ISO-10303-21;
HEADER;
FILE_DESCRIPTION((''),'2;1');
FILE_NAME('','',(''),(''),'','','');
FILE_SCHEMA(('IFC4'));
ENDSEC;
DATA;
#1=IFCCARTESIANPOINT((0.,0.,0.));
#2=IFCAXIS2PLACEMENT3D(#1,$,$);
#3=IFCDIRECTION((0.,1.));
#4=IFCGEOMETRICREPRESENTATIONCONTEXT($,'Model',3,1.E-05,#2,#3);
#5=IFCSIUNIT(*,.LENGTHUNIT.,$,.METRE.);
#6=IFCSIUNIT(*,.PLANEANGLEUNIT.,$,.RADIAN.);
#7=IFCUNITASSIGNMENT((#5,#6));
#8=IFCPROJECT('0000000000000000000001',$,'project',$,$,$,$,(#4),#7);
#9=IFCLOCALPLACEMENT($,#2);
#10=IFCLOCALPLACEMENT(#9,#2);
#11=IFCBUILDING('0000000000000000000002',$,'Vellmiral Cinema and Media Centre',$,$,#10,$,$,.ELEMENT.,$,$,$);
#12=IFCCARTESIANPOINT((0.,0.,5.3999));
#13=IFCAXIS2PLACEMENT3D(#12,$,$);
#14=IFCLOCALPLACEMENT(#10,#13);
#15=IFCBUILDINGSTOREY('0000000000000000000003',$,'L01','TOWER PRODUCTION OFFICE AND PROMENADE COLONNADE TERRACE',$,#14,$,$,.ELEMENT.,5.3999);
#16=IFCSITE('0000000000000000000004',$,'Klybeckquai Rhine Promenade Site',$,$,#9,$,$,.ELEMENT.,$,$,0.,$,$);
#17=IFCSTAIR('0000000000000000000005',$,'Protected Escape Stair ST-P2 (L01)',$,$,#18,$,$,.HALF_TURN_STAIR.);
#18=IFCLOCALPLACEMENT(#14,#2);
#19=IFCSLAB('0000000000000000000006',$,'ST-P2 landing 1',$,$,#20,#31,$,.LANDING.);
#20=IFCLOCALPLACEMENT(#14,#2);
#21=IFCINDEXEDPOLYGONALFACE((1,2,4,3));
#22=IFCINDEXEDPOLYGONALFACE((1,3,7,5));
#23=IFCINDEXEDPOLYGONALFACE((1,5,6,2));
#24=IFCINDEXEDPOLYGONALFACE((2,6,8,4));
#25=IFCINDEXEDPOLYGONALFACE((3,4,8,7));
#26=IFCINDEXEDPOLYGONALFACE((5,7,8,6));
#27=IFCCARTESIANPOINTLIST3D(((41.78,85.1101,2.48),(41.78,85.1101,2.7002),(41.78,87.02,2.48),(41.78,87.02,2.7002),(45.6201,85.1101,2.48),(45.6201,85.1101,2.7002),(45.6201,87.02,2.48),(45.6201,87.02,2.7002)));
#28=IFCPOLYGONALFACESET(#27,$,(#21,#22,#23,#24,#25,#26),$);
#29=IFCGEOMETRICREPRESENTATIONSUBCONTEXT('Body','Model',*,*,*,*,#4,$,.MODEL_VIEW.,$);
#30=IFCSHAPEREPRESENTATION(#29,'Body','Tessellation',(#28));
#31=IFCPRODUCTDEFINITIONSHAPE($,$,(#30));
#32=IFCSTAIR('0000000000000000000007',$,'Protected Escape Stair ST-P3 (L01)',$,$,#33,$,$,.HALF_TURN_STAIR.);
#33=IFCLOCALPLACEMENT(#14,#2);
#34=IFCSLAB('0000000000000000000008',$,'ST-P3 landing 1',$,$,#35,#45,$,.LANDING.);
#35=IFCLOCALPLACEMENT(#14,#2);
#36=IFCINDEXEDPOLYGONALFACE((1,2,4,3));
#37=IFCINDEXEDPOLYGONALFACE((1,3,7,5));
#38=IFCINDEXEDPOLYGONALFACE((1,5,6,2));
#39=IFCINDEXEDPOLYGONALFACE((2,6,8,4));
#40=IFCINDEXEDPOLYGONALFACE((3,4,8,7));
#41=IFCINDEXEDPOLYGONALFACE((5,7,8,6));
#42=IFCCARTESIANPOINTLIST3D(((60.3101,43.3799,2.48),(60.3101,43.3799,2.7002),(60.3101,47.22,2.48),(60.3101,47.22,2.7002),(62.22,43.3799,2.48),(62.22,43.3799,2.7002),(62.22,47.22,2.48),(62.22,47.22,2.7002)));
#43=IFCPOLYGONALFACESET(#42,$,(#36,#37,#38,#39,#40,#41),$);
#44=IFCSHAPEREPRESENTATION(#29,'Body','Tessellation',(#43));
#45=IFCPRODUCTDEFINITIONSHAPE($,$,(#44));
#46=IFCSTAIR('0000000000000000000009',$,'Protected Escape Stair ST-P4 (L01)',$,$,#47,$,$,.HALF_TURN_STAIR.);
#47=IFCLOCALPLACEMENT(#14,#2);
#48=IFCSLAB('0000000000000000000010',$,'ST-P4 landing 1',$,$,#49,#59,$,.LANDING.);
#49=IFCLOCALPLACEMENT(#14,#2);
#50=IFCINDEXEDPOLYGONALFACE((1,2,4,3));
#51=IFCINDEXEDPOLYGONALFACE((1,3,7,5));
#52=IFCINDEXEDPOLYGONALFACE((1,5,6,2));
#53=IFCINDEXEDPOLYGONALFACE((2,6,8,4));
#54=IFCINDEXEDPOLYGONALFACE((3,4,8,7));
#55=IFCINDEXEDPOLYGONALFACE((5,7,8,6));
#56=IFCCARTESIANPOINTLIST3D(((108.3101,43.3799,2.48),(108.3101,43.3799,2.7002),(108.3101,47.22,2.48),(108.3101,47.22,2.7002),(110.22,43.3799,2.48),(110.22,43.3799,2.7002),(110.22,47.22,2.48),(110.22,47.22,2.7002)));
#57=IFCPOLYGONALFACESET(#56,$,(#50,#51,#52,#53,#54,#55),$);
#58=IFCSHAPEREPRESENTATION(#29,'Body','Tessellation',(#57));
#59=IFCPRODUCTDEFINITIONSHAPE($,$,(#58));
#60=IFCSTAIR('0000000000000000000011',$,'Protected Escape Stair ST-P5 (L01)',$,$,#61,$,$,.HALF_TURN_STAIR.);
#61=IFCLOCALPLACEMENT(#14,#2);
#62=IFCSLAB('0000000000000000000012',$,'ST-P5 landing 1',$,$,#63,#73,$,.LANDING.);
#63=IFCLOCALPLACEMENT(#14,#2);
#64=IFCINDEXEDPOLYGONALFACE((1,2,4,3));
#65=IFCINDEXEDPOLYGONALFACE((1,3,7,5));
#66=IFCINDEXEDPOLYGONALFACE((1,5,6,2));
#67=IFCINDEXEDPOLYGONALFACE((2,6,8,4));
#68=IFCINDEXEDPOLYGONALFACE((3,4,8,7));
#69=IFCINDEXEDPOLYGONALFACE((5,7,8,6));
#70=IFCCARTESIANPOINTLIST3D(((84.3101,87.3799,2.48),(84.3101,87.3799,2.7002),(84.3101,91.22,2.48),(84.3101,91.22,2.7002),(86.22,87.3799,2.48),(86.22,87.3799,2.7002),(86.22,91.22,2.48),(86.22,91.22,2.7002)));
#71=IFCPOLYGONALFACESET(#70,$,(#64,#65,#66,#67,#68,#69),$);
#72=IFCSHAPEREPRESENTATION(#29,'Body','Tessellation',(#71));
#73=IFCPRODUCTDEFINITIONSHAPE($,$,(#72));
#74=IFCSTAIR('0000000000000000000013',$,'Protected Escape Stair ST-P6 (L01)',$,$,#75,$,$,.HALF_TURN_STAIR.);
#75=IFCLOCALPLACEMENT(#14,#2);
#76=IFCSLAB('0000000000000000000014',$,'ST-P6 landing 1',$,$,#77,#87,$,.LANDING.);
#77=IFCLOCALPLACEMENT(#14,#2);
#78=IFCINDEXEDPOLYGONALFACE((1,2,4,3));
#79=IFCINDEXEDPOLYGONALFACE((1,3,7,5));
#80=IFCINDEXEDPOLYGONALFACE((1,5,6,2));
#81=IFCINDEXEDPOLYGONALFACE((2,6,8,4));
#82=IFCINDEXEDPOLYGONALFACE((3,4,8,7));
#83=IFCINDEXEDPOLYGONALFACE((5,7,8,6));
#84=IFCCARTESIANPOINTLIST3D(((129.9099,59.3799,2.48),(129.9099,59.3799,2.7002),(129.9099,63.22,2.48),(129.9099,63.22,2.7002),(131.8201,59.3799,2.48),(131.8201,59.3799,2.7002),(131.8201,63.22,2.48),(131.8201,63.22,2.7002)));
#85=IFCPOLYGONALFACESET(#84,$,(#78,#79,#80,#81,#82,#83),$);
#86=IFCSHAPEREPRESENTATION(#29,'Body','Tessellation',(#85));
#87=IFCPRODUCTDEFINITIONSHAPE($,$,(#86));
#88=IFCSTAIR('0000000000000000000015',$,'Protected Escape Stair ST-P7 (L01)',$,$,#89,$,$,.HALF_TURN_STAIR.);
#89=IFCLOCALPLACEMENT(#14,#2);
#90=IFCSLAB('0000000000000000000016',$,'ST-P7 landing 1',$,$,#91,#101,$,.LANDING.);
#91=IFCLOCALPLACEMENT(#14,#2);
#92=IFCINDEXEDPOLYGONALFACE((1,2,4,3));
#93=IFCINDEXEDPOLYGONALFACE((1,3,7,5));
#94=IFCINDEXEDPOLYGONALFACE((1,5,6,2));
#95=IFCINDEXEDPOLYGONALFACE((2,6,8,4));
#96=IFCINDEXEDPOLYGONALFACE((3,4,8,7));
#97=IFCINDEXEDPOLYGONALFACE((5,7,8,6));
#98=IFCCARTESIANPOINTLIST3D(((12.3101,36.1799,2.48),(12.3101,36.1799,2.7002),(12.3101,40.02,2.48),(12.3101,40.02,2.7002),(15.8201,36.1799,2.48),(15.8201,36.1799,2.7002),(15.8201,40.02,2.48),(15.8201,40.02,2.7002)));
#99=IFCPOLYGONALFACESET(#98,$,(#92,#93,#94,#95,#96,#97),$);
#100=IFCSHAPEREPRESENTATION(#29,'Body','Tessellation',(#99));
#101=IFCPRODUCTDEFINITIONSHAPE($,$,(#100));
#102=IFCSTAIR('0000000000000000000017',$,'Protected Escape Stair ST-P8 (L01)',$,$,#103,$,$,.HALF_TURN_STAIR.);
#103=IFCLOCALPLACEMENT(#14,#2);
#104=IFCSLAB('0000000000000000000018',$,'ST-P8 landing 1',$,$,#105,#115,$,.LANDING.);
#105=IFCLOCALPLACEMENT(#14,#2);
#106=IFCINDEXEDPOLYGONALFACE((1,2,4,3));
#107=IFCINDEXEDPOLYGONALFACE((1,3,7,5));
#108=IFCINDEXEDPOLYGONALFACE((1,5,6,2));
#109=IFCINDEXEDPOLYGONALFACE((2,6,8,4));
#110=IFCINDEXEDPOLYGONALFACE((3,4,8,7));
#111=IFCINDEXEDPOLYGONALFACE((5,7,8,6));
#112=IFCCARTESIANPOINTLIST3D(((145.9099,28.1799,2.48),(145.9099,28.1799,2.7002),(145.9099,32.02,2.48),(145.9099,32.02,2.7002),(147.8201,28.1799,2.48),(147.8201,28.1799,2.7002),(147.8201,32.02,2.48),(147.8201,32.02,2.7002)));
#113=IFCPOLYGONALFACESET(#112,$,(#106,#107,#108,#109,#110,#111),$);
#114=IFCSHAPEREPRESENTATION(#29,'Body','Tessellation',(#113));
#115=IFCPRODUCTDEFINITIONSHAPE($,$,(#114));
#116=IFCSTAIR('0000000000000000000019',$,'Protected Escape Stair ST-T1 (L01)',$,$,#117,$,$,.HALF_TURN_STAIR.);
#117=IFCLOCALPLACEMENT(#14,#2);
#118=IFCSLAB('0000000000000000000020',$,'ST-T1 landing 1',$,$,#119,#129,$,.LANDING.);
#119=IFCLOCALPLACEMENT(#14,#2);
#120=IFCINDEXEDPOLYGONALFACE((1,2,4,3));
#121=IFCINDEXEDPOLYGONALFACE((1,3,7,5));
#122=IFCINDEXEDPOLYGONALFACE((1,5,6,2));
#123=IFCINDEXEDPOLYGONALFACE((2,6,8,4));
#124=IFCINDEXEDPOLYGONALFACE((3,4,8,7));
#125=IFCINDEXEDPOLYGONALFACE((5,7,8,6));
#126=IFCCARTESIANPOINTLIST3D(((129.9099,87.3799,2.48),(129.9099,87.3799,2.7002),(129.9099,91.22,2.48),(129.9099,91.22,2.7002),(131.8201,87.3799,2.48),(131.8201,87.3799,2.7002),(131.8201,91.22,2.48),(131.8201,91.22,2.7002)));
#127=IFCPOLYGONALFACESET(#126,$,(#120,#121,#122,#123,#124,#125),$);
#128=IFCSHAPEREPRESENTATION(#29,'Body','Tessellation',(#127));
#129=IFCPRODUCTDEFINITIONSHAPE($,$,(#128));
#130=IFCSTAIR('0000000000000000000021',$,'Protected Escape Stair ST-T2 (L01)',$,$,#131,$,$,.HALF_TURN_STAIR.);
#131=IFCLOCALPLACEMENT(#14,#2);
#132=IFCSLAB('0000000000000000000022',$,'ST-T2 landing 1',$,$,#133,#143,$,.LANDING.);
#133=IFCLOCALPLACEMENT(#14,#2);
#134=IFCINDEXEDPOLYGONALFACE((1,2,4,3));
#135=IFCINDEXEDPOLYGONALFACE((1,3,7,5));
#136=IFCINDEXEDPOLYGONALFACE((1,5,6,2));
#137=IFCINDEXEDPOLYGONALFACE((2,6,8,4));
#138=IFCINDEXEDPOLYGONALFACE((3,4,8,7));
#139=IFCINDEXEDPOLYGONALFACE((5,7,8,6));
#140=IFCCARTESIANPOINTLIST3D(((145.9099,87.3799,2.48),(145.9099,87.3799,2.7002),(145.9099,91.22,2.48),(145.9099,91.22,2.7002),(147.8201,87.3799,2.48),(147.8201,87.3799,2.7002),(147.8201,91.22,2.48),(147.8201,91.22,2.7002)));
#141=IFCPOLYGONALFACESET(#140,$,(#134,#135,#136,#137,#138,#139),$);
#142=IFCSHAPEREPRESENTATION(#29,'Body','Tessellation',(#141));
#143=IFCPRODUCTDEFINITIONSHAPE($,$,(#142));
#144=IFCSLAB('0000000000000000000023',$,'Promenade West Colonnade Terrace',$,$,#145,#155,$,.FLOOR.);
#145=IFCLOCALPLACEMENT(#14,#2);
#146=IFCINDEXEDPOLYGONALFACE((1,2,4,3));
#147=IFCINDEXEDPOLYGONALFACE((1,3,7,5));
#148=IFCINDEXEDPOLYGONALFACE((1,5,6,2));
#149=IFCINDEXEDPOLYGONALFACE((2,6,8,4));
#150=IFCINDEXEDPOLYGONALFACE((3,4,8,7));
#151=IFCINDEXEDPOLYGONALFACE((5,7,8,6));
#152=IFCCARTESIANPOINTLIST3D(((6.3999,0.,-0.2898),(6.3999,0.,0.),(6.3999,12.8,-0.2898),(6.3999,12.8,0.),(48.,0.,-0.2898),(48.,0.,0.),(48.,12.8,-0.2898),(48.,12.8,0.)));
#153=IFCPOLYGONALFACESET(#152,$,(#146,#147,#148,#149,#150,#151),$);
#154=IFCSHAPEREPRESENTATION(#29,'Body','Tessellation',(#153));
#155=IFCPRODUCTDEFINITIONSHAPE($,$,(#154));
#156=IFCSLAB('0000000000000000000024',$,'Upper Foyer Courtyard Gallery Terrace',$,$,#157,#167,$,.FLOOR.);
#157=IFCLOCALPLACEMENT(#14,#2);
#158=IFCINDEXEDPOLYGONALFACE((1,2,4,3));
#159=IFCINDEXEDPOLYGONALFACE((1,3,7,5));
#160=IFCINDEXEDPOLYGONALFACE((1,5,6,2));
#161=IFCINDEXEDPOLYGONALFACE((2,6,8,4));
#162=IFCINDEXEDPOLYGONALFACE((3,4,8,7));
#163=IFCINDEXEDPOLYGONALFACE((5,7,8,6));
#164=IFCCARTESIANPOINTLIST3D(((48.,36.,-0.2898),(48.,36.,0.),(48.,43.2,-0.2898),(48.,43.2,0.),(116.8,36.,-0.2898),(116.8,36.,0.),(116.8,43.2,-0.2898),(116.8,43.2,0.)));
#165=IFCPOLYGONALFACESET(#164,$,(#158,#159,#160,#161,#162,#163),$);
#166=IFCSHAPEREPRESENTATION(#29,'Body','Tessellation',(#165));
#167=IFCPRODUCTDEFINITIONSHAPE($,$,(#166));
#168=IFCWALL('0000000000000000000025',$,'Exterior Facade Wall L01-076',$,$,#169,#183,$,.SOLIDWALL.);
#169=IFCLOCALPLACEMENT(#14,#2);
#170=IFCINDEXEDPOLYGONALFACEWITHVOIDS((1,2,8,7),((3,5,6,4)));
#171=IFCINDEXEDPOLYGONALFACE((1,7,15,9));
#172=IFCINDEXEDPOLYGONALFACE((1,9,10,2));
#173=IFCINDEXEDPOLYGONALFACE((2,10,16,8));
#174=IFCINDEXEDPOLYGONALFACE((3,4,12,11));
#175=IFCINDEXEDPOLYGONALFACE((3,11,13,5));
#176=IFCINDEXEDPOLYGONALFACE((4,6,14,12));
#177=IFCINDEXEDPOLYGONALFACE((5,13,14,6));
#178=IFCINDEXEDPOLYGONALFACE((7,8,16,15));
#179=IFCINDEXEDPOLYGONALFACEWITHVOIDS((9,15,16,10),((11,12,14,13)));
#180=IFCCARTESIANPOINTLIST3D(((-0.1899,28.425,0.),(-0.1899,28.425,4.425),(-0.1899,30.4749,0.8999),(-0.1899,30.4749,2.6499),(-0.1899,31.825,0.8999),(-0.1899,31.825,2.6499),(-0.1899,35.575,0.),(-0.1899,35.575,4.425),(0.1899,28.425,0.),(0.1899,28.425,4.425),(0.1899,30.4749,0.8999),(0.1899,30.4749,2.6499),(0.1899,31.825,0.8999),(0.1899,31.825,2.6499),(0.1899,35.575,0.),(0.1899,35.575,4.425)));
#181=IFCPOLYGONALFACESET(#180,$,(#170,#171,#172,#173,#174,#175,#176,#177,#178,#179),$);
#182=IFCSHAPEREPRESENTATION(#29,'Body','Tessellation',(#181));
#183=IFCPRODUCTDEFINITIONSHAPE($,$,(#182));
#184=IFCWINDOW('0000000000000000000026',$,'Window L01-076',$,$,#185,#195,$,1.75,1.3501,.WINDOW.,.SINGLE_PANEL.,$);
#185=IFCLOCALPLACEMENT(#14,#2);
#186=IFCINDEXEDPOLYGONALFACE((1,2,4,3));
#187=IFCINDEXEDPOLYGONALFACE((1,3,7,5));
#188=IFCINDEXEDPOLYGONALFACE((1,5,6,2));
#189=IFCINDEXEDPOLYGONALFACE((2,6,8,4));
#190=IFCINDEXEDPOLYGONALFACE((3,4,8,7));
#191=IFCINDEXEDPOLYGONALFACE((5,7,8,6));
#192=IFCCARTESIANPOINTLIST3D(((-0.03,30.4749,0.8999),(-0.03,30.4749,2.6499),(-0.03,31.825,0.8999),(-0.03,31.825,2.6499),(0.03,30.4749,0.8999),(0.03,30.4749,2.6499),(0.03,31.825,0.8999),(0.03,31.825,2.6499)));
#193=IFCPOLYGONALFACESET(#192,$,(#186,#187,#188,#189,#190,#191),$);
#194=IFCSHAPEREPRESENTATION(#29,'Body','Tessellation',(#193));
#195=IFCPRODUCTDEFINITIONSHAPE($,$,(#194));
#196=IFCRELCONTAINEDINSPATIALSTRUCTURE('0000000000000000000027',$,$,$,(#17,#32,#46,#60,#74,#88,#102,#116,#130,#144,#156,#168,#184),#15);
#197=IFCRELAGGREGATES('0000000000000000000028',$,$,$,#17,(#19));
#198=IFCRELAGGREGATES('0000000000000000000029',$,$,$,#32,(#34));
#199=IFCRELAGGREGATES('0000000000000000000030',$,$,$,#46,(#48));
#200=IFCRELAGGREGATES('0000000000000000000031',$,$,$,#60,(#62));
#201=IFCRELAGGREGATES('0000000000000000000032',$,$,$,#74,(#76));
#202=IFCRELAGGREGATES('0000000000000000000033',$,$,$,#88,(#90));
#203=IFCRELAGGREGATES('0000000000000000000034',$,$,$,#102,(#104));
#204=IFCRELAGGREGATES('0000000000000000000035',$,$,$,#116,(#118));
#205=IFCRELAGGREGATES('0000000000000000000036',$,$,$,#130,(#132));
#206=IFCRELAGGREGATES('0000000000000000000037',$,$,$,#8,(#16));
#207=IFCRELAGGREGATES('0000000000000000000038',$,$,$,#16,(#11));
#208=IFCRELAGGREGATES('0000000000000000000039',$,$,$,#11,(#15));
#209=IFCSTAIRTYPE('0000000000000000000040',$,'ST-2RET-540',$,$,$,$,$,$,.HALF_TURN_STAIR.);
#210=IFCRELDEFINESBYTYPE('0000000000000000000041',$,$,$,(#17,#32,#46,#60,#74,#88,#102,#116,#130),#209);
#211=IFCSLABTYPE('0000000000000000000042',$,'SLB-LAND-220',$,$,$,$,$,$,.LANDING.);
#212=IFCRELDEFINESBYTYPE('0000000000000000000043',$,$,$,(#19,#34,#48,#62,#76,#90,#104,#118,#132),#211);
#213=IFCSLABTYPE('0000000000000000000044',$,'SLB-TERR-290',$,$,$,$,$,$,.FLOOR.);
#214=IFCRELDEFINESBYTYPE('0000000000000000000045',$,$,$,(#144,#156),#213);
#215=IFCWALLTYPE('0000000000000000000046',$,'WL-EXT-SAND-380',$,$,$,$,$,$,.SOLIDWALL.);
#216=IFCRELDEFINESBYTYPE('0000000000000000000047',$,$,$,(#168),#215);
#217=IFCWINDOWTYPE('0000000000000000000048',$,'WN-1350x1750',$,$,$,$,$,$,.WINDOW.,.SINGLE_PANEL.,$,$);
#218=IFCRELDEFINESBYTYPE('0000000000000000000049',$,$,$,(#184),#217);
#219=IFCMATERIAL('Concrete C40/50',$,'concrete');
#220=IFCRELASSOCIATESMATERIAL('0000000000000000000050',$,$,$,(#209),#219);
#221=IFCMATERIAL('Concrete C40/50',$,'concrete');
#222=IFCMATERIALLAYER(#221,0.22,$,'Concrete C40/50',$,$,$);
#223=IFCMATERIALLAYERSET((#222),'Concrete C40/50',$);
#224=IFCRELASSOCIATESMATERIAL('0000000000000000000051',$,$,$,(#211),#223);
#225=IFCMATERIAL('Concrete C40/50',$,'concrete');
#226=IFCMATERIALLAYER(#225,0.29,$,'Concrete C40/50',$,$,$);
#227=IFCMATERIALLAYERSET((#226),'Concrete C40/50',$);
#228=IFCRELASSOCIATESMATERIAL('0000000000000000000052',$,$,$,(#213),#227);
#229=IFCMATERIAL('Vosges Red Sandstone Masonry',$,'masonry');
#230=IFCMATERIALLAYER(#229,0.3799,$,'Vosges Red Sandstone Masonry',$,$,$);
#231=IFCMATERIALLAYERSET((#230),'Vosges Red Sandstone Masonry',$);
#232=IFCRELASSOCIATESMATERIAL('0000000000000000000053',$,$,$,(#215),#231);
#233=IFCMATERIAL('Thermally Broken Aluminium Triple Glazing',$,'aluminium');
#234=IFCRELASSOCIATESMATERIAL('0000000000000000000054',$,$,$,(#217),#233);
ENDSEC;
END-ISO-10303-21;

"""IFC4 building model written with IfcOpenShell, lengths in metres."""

from ifc_helpers import new_model, si_unit, direction, frame, frame_2d, origin, place, context, subcontext, project, spatial, polyline, rectangle, outline, extrude, material, layer, layer_set, type_object, element, fill, aggregate, save


model = new_model("IFC4")

# Units and contexts
model_context = context("Model", 3, precision=1e-05, world=origin(), true_north=direction((0.0, 1.0)))
body_context = subcontext(model_context, "Body", "Model", "MODEL_VIEW")
ifc_project = project(units=[si_unit("LENGTHUNIT", "METRE"), si_unit("PLANEANGLEUNIT", "RADIAN")], contexts=[model_context])

# Site, building, storey
site_placement = place(None, origin())
site = spatial("IfcSite", under=ifc_project, at=site_placement, Name="Klybeckquai Rhine Promenade Site", CompositionType="ELEMENT", RefElevation=0.0)
building_placement = place(site_placement, origin())
building = spatial("IfcBuilding", under=site, at=building_placement, Name="Vellmiral Cinema and Media Centre", CompositionType="ELEMENT")
storey_placement = place(building_placement, frame((0.0, 0.0, 5.3999)))
storey = spatial("IfcBuildingStorey", under=building, at=storey_placement, Name="L01", Description="TOWER PRODUCTION OFFICE AND PROMENADE COLONNADE TERRACE", CompositionType="ELEMENT", Elevation=5.3999)

# Stairs, slabs
ifc_material_1 = material(Name="Concrete C40/50", Category="concrete")
stair_type = type_object("IfcStairType", Name="ST-2RET-540", PredefinedType="HALF_TURN_STAIR", material=ifc_material_1)
ifc_material_2 = material(Name="Concrete C40/50", Category="concrete")
ifc_layer_1 = layer(ifc_material_2, 0.22, Name="Concrete C40/50")
ifc_layer_set_1 = layer_set([ifc_layer_1], Name="Concrete C40/50")
slab_type_1 = type_object("IfcSlabType", Name="SLB-LAND-220", PredefinedType="LANDING", material=ifc_layer_set_1)
stair_1_placement = place(storey_placement, origin())
stair_1 = element("IfcStair", 1, at=stair_1_placement, inside=storey, type_object=stair_type, Name="Protected Escape Stair ST-P2 (L01)", PredefinedType="HALF_TURN_STAIR")
slab_1_placement = place(storey_placement, frame((0.0, 0.0, 2.48)))
slab_1 = element("IfcSlab", 2, at=slab_1_placement, type_object=slab_type_1, Name="ST-P2 landing 1", PredefinedType="LANDING", context=body_context, shape_type="SweptSolid", body=[
    extrude(outline(polyline([(41.78, 85.1101), (45.6201, 85.1101), (45.6201, 87.02), (41.78, 87.02), (41.78, 85.1101)])), origin(), (0.0, 0.0, 1.0), 0.2202),
])
aggregate(stair_1, [slab_1])
stair_2_placement = place(storey_placement, origin())
stair_2 = element("IfcStair", 3, at=stair_2_placement, inside=storey, type_object=stair_type, Name="Protected Escape Stair ST-P3 (L01)", PredefinedType="HALF_TURN_STAIR")
slab_2_placement = place(storey_placement, frame((0.0, 0.0, 2.48)))
slab_2 = element("IfcSlab", 4, at=slab_2_placement, type_object=slab_type_1, Name="ST-P3 landing 1", PredefinedType="LANDING", context=body_context, shape_type="SweptSolid", body=[
    extrude(outline(polyline([(60.3101, 43.3799), (62.22, 43.3799), (62.22, 47.22), (60.3101, 47.22), (60.3101, 43.3799)])), origin(), (0.0, 0.0, 1.0), 0.2202),
])
aggregate(stair_2, [slab_2])
stair_3_placement = place(storey_placement, origin())
stair_3 = element("IfcStair", 5, at=stair_3_placement, inside=storey, type_object=stair_type, Name="Protected Escape Stair ST-P4 (L01)", PredefinedType="HALF_TURN_STAIR")
slab_3_placement = place(storey_placement, frame((0.0, 0.0, 2.48)))
slab_3 = element("IfcSlab", 6, at=slab_3_placement, type_object=slab_type_1, Name="ST-P4 landing 1", PredefinedType="LANDING", context=body_context, shape_type="SweptSolid", body=[
    extrude(outline(polyline([(108.3101, 43.3799), (110.22, 43.3799), (110.22, 47.22), (108.3101, 47.22), (108.3101, 43.3799)])), origin(), (0.0, 0.0, 1.0), 0.2202),
])
aggregate(stair_3, [slab_3])
stair_4_placement = place(storey_placement, origin())
stair_4 = element("IfcStair", 7, at=stair_4_placement, inside=storey, type_object=stair_type, Name="Protected Escape Stair ST-P5 (L01)", PredefinedType="HALF_TURN_STAIR")
slab_4_placement = place(storey_placement, frame((0.0, 0.0, 2.48)))
slab_4 = element("IfcSlab", 8, at=slab_4_placement, type_object=slab_type_1, Name="ST-P5 landing 1", PredefinedType="LANDING", context=body_context, shape_type="SweptSolid", body=[
    extrude(outline(polyline([(84.3101, 87.3799), (86.22, 87.3799), (86.22, 91.22), (84.3101, 91.22), (84.3101, 87.3799)])), origin(), (0.0, 0.0, 1.0), 0.2202),
])
aggregate(stair_4, [slab_4])
stair_5_placement = place(storey_placement, origin())
stair_5 = element("IfcStair", 9, at=stair_5_placement, inside=storey, type_object=stair_type, Name="Protected Escape Stair ST-P6 (L01)", PredefinedType="HALF_TURN_STAIR")
slab_5_placement = place(storey_placement, frame((0.0, 0.0, 2.48)))
slab_5 = element("IfcSlab", 10, at=slab_5_placement, type_object=slab_type_1, Name="ST-P6 landing 1", PredefinedType="LANDING", context=body_context, shape_type="SweptSolid", body=[
    extrude(outline(polyline([(129.9099, 59.3799), (131.8201, 59.3799), (131.8201, 63.22), (129.9099, 63.22), (129.9099, 59.3799)])), origin(), (0.0, 0.0, 1.0), 0.2202),
])
aggregate(stair_5, [slab_5])
stair_6_placement = place(storey_placement, origin())
stair_6 = element("IfcStair", 11, at=stair_6_placement, inside=storey, type_object=stair_type, Name="Protected Escape Stair ST-P7 (L01)", PredefinedType="HALF_TURN_STAIR")
slab_6_placement = place(storey_placement, frame((0.0, 0.0, 2.48)))
slab_6 = element("IfcSlab", 12, at=slab_6_placement, type_object=slab_type_1, Name="ST-P7 landing 1", PredefinedType="LANDING", context=body_context, shape_type="SweptSolid", body=[
    extrude(outline(polyline([(12.3101, 36.1799), (15.8201, 36.1799), (15.8201, 40.02), (12.3101, 40.02), (12.3101, 36.1799)])), origin(), (0.0, 0.0, 1.0), 0.2202),
])
aggregate(stair_6, [slab_6])
stair_7_placement = place(storey_placement, origin())
stair_7 = element("IfcStair", 13, at=stair_7_placement, inside=storey, type_object=stair_type, Name="Protected Escape Stair ST-P8 (L01)", PredefinedType="HALF_TURN_STAIR")
slab_7_placement = place(storey_placement, frame((0.0, 0.0, 2.48)))
slab_7 = element("IfcSlab", 14, at=slab_7_placement, type_object=slab_type_1, Name="ST-P8 landing 1", PredefinedType="LANDING", context=body_context, shape_type="SweptSolid", body=[
    extrude(outline(polyline([(145.9099, 28.1799), (147.8201, 28.1799), (147.8201, 32.02), (145.9099, 32.02), (145.9099, 28.1799)])), origin(), (0.0, 0.0, 1.0), 0.2202),
])
aggregate(stair_7, [slab_7])
stair_8_placement = place(storey_placement, origin())
stair_8 = element("IfcStair", 15, at=stair_8_placement, inside=storey, type_object=stair_type, Name="Protected Escape Stair ST-T1 (L01)", PredefinedType="HALF_TURN_STAIR")
slab_8_placement = place(storey_placement, frame((0.0, 0.0, 2.48)))
slab_8 = element("IfcSlab", 16, at=slab_8_placement, type_object=slab_type_1, Name="ST-T1 landing 1", PredefinedType="LANDING", context=body_context, shape_type="SweptSolid", body=[
    extrude(outline(polyline([(129.9099, 87.3799), (131.8201, 87.3799), (131.8201, 91.22), (129.9099, 91.22), (129.9099, 87.3799)])), origin(), (0.0, 0.0, 1.0), 0.2202),
])
aggregate(stair_8, [slab_8])
stair_9_placement = place(storey_placement, origin())
stair_9 = element("IfcStair", 17, at=stair_9_placement, inside=storey, type_object=stair_type, Name="Protected Escape Stair ST-T2 (L01)", PredefinedType="HALF_TURN_STAIR")
slab_9_placement = place(storey_placement, frame((0.0, 0.0, 2.48)))
slab_9 = element("IfcSlab", 18, at=slab_9_placement, type_object=slab_type_1, Name="ST-T2 landing 1", PredefinedType="LANDING", context=body_context, shape_type="SweptSolid", body=[
    extrude(outline(polyline([(145.9099, 87.3799), (147.8201, 87.3799), (147.8201, 91.22), (145.9099, 91.22), (145.9099, 87.3799)])), origin(), (0.0, 0.0, 1.0), 0.2202),
])
aggregate(stair_9, [slab_9])

# Slabs
ifc_material_3 = material(Name="Concrete C40/50", Category="concrete")
ifc_layer_2 = layer(ifc_material_3, 0.29, Name="Concrete C40/50")
ifc_layer_set_2 = layer_set([ifc_layer_2], Name="Concrete C40/50")
slab_type_2 = type_object("IfcSlabType", Name="SLB-TERR-290", PredefinedType="FLOOR", material=ifc_layer_set_2)
slab_10_placement = place(storey_placement, frame((0.0, 0.0, -0.2898)))
element("IfcSlab", 19, at=slab_10_placement, inside=storey, type_object=slab_type_2, Name="Promenade West Colonnade Terrace", PredefinedType="FLOOR", context=body_context, shape_type="SweptSolid", body=[
    extrude(outline(polyline([(6.3999, 0.0), (48.0, 0.0), (48.0, 12.8), (6.3999, 12.8), (6.3999, 0.0)])), origin(), (0.0, 0.0, 1.0), 0.2898),
])
slab_11_placement = place(storey_placement, frame((0.0, 0.0, -0.2898)))
element("IfcSlab", 20, at=slab_11_placement, inside=storey, type_object=slab_type_2, Name="Upper Foyer Courtyard Gallery Terrace", PredefinedType="FLOOR", context=body_context, shape_type="SweptSolid", body=[
    extrude(outline(polyline([(48.0, 36.0), (116.8, 36.0), (116.8, 43.2), (48.0, 43.2), (48.0, 36.0)])), origin(), (0.0, 0.0, 1.0), 0.2898),
])

# Wall, opening, window
ifc_material_4 = material(Name="Vosges Red Sandstone Masonry", Category="masonry")
ifc_layer_3 = layer(ifc_material_4, 0.3799, Name="Vosges Red Sandstone Masonry")
ifc_layer_set_3 = layer_set([ifc_layer_3], Name="Vosges Red Sandstone Masonry")
wall_type = type_object("IfcWallType", Name="WL-EXT-SAND-380", PredefinedType="SOLIDWALL", material=ifc_layer_set_3)
wall_1_placement = place(storey_placement, frame((0.0, 35.575, 0.0), z_axis=(0.0, 0.0, 1.0), x_axis=(0.0, -1.0, 0.0)))
wall_1 = element("IfcWall", 21, at=wall_1_placement, inside=storey, type_object=wall_type, Name="Exterior Facade Wall L01-076", PredefinedType="SOLIDWALL", context=body_context, shape_type="SweptSolid", body=[
    extrude(rectangle(XDim=7.1499, YDim=0.3799, at=frame_2d((3.575, 0.0))), origin(), (0.0, 0.0, 1.0), 4.425),
])
opening_1_placement = place(wall_1_placement, frame((3.75, 0.0, 0.8999)))
opening_1 = element("IfcOpeningElement", 22, at=opening_1_placement, cuts=wall_1, PredefinedType="OPENING", context=body_context, shape_type="SweptSolid", body=[
    extrude(rectangle(XDim=1.3501, YDim=1.75, at=frame_2d((0.675, 0.875))), frame((0.0, 0.2019, 0.0), z_axis=(0.0, -1.0, 0.0), x_axis=(1.0, 0.0, 0.0)), (0.0, 0.0, 1.0), 0.4038),
])
ifc_material_5 = material(Name="Thermally Broken Aluminium Triple Glazing", Category="aluminium")
window_type_1 = type_object("IfcWindowType", Name="WN-1350x1750", PartitioningType="SINGLE_PANEL", PredefinedType="WINDOW", material=ifc_material_5)
window_1_placement = place(opening_1_placement, origin())
window_1 = element("IfcWindow", 23, at=window_1_placement, inside=storey, type_object=window_type_1, Name="Window L01-076", OverallHeight=1.75, OverallWidth=1.3501, PartitioningType="SINGLE_PANEL", PredefinedType="WINDOW", context=body_context, shape_type="SweptSolid", body=[
    extrude(rectangle(XDim=1.3501, YDim=1.75, at=frame_2d((0.675, 0.875))), frame((0.0, 0.03, 0.0), z_axis=(0.0, -1.0, 0.0), x_axis=(1.0, 0.0, 0.0)), (0.0, 0.0, 1.0), 0.0601),
])
fill(opening_1, window_1)

save(model, "model.ifc")
